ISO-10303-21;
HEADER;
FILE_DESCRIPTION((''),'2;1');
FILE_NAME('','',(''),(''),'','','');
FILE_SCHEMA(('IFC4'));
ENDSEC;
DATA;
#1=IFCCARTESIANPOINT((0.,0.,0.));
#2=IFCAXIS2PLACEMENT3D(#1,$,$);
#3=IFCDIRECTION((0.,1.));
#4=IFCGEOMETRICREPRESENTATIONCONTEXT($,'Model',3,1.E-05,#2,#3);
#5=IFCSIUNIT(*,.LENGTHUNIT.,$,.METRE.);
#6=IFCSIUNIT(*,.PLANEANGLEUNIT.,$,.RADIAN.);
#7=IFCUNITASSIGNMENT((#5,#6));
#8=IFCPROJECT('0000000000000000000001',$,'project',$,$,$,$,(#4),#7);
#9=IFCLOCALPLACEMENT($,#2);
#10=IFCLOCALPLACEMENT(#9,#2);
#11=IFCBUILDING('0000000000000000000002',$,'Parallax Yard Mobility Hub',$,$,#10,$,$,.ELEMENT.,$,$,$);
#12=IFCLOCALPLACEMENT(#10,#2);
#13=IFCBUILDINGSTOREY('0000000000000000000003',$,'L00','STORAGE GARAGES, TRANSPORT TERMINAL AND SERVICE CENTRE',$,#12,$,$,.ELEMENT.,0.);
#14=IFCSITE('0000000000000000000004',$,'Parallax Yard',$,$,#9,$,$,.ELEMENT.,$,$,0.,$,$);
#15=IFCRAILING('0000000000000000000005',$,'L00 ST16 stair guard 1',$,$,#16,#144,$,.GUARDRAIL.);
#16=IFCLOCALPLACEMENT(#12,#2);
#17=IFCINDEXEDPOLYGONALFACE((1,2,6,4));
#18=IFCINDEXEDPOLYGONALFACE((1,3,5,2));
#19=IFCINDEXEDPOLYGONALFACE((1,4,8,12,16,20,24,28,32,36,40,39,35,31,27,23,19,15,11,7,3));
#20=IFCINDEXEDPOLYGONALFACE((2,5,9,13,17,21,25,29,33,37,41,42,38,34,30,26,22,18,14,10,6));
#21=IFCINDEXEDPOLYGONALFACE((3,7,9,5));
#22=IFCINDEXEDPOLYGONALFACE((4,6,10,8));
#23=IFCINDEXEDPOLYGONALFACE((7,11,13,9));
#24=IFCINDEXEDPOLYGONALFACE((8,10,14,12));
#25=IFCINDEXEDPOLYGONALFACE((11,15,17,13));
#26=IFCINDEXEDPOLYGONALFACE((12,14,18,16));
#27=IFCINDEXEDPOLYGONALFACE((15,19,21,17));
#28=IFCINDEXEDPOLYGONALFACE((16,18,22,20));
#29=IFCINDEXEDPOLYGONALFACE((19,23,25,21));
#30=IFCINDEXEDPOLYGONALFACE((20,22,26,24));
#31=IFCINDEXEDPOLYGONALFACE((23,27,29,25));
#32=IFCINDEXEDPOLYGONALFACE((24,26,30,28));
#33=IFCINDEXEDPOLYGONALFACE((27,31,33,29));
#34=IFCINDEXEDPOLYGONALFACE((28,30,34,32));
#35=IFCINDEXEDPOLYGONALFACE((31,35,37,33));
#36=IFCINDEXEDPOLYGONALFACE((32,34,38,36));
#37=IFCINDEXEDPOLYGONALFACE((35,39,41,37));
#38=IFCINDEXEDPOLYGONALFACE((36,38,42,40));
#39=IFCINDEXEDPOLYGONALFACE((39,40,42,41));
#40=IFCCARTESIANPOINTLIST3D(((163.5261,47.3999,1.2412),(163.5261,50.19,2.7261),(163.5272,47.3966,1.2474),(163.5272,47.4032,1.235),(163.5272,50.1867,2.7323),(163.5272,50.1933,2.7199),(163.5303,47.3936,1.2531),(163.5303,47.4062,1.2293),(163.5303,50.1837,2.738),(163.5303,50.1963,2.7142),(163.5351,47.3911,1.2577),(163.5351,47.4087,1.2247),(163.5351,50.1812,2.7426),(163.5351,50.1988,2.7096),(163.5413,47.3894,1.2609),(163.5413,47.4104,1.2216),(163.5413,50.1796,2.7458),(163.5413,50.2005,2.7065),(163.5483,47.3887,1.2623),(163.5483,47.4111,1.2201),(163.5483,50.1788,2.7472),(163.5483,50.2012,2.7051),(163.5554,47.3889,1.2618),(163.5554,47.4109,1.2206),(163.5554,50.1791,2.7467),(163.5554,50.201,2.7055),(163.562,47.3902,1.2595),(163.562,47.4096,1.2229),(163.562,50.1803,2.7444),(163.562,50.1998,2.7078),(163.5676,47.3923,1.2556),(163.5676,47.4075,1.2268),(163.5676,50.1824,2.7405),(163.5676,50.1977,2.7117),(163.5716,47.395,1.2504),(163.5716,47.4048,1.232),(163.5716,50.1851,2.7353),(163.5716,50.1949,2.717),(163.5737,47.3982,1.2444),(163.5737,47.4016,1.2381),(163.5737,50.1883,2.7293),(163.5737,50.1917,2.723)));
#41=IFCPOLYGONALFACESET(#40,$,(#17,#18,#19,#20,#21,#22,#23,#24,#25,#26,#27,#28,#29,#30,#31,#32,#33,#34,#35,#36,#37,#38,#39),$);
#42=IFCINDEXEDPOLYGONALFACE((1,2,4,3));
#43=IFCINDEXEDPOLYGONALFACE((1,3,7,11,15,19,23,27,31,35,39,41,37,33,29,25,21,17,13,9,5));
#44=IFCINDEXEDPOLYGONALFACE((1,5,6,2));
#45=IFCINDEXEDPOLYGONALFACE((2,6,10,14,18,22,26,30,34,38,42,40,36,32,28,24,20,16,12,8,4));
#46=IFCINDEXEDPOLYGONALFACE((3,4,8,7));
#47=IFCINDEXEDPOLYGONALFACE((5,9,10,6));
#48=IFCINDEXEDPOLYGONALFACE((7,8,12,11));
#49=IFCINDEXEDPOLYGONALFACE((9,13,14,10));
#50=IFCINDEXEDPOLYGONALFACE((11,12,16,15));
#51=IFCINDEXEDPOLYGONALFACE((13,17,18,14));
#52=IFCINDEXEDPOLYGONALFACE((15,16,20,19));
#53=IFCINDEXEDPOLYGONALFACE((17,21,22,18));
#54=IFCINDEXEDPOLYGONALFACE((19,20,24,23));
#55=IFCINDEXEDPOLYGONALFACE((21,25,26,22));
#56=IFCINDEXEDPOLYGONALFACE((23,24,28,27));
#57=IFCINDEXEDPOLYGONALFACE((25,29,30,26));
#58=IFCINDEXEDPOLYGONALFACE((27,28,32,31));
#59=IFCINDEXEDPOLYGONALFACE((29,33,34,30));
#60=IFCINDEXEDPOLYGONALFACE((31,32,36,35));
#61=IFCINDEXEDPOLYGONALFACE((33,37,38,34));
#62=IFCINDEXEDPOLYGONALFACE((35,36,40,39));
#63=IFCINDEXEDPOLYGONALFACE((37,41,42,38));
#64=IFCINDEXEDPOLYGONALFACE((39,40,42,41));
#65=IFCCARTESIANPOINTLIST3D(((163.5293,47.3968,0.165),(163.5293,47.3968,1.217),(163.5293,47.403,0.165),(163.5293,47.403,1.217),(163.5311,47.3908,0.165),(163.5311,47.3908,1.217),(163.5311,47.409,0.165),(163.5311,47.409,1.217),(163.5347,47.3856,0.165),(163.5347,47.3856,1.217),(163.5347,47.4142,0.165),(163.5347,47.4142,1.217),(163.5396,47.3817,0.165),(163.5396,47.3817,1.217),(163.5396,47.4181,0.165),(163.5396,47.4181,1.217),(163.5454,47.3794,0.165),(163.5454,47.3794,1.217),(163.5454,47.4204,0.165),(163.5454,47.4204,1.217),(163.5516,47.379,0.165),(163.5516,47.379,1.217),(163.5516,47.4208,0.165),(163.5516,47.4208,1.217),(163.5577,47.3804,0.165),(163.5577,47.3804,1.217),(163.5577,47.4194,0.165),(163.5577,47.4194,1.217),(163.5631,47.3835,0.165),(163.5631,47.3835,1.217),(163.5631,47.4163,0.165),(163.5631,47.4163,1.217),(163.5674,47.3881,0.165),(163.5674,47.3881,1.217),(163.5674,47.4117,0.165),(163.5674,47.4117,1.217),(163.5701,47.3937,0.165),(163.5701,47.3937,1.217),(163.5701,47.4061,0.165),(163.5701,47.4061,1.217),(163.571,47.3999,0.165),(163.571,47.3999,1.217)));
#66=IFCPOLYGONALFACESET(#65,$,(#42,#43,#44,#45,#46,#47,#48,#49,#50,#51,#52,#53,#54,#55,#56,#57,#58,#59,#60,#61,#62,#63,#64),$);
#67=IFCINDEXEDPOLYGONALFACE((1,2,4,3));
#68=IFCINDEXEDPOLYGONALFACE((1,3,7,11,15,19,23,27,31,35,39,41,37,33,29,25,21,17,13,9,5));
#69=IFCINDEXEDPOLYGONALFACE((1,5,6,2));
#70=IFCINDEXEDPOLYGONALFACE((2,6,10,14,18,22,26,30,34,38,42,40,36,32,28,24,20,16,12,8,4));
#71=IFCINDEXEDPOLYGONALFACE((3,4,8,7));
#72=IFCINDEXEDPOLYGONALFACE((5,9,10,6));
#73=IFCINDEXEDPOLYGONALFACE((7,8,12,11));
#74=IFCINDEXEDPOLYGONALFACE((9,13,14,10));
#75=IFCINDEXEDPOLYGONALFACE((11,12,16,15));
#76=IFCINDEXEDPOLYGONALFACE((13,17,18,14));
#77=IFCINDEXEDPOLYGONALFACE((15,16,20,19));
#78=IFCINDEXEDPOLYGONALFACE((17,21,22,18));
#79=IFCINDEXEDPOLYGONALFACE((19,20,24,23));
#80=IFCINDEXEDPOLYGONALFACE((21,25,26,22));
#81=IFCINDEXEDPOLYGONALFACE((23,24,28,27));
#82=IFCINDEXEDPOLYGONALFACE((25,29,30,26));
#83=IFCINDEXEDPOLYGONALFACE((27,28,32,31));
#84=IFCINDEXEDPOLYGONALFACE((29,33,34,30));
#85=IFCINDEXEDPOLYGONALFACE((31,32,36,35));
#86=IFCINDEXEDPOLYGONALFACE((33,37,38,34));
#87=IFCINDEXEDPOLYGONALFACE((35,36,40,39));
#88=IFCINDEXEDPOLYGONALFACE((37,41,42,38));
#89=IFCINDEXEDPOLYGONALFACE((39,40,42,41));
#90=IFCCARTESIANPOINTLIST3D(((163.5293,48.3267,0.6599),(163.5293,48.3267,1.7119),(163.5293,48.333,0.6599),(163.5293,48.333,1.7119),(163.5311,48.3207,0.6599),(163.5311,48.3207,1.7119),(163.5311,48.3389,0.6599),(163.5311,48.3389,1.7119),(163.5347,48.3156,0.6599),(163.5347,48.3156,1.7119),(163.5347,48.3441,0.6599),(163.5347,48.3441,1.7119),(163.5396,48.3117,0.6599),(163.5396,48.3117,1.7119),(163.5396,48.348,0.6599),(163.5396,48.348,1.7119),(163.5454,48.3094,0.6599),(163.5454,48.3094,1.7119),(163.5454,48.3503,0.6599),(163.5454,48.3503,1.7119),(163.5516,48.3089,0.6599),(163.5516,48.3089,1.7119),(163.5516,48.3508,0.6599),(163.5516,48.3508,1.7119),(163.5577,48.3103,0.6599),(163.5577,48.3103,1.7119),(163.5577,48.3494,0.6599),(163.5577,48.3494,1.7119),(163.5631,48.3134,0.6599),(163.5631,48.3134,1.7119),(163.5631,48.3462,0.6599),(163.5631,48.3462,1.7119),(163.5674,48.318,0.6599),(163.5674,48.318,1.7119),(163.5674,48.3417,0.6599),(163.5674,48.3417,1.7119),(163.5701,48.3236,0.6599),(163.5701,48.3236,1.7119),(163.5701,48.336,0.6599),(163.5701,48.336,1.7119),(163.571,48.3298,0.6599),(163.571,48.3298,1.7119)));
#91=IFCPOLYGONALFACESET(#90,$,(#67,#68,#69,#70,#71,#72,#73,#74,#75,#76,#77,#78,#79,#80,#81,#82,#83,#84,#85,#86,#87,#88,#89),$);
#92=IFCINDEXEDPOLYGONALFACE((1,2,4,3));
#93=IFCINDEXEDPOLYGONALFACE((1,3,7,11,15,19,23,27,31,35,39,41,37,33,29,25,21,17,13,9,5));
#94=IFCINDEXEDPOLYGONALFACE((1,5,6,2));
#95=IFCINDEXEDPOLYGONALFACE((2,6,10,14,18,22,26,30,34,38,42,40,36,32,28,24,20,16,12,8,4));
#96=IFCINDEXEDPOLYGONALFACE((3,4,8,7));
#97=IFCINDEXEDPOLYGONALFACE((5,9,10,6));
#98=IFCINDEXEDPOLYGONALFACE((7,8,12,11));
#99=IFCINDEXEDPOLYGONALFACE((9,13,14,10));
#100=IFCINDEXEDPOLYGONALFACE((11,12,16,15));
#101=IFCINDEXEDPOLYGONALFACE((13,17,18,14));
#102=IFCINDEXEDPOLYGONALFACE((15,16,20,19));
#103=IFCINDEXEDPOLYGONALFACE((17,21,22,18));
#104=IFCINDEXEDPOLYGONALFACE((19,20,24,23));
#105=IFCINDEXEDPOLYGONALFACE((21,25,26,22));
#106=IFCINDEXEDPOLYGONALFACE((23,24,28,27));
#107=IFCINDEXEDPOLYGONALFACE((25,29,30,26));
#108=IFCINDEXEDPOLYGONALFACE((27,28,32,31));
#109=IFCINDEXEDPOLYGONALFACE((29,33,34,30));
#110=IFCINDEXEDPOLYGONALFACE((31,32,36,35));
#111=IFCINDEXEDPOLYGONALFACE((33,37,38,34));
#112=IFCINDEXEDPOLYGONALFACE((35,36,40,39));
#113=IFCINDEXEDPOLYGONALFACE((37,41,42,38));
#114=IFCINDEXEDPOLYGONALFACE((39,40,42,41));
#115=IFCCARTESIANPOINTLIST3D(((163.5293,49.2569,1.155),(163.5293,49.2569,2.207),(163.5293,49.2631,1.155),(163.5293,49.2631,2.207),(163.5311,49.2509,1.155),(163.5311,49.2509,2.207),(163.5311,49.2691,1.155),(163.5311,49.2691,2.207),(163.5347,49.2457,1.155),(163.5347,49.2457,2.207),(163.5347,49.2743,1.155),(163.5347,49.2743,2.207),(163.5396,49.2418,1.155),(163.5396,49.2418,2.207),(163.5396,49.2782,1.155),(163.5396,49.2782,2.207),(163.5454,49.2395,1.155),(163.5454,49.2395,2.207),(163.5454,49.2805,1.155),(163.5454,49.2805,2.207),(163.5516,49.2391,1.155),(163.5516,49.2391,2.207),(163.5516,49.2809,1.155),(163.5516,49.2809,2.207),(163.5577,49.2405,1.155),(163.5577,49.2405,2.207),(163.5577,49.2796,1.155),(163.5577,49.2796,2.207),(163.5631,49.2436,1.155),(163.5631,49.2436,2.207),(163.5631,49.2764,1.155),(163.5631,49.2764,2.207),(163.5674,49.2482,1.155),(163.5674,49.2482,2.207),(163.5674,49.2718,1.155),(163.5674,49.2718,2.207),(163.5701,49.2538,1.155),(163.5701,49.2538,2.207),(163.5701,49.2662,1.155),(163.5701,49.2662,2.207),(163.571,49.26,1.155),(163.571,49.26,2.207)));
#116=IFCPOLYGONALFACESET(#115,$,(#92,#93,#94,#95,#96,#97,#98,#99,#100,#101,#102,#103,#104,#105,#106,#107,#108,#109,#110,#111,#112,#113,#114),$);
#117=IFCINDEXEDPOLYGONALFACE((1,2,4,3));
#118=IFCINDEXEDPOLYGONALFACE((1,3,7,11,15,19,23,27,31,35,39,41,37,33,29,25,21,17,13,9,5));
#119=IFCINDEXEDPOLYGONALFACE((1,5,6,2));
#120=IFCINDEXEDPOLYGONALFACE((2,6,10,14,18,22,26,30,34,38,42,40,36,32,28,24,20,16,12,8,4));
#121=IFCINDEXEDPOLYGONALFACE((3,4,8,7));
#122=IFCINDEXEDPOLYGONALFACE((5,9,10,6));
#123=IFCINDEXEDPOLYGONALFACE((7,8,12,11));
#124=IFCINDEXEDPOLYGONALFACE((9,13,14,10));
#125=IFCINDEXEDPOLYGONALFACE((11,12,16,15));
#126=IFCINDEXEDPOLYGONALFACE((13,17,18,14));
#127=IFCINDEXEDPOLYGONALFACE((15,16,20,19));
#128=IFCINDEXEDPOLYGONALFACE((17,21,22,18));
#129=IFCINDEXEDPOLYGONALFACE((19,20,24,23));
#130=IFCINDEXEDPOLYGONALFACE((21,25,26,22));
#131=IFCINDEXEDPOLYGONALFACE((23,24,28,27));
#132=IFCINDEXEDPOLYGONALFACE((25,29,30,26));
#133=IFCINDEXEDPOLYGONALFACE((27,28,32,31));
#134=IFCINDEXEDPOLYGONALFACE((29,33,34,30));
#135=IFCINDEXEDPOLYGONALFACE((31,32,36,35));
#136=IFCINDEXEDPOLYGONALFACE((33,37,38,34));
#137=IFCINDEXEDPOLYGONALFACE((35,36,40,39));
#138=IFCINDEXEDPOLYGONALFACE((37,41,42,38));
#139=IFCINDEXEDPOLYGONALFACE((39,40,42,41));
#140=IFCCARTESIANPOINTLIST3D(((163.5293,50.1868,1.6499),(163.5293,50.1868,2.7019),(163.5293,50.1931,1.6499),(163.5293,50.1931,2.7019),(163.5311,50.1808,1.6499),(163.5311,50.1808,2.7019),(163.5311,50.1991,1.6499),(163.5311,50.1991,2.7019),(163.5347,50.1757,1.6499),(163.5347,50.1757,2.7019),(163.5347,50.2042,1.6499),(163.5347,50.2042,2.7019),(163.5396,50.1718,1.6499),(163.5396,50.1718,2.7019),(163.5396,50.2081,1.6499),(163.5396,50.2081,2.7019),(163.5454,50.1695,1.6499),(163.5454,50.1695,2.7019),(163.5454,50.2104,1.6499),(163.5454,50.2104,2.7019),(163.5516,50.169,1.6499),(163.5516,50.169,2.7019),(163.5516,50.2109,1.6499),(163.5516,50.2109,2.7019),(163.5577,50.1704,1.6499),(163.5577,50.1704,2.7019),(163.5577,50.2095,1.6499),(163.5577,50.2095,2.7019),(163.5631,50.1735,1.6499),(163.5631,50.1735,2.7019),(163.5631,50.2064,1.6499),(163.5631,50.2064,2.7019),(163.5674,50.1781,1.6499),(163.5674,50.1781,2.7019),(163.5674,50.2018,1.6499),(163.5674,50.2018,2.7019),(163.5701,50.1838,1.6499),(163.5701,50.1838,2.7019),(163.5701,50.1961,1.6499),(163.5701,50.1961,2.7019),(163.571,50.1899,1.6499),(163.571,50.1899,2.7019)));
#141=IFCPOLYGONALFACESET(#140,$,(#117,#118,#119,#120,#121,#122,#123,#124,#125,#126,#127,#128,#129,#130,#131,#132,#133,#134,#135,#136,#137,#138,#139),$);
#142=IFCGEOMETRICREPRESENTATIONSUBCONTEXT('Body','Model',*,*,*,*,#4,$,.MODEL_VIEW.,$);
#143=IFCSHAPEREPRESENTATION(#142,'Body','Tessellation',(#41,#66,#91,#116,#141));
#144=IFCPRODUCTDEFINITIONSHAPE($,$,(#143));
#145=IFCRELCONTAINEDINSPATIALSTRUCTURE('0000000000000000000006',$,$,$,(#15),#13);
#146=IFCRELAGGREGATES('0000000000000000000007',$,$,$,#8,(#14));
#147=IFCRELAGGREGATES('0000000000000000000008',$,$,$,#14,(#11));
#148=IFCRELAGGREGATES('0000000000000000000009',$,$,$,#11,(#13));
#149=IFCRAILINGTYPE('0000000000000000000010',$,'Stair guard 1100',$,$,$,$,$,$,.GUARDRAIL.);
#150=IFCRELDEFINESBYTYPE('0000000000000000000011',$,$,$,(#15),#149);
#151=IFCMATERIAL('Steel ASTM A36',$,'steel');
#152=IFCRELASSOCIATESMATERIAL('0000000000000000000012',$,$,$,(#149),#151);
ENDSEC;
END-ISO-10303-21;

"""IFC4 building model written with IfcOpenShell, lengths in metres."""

from ifc_helpers import new_model, si_unit, direction, frame, origin, origin_2d, place, context, subcontext, project, spatial, circle, extrude, material, type_object, element, save


model = new_model("IFC4")

# Units and contexts
model_context = context("Model", 3, precision=1e-05, world=origin(), true_north=direction((0.0, 1.0)))
body_context = subcontext(model_context, "Body", "Model", "MODEL_VIEW")
ifc_project = project(units=[si_unit("LENGTHUNIT", "METRE"), si_unit("PLANEANGLEUNIT", "RADIAN")], contexts=[model_context])

# Site, building, storey
site_placement = place(None, origin())
site = spatial("IfcSite", under=ifc_project, at=site_placement, Name="Parallax Yard", CompositionType="ELEMENT", RefElevation=0.0)
building_placement = place(site_placement, origin())
building = spatial("IfcBuilding", under=site, at=building_placement, Name="Parallax Yard Mobility Hub", CompositionType="ELEMENT")
storey_placement = place(building_placement, origin())
storey = spatial("IfcBuildingStorey", under=building, at=storey_placement, Name="L00", Description="STORAGE GARAGES, TRANSPORT TERMINAL AND SERVICE CENTRE", CompositionType="ELEMENT", Elevation=0.0)

# Railing
ifc_material_1 = material(Name="Steel ASTM A36", Category="steel")
railing_type_1 = type_object("IfcRailingType", Name="Stair guard 1100", PredefinedType="GUARDRAIL", material=ifc_material_1)
railing_1_placement = place(storey_placement, frame((163.55, 47.3999, 0.165)))
element("IfcRailing", 1, at=railing_1_placement, inside=storey, type_object=railing_type_1, Name="L00 ST16 stair guard 1", PredefinedType="GUARDRAIL", context=body_context, shape_type="SweptSolid", body=[
    extrude(circle(Radius=0.0239, at=origin_2d()), frame((0.0, 0.0, 1.0762), z_axis=(0.0, 0.882767, 0.46981), x_axis=(-1.0, 0.0, 0.0)), (0.0, 0.0, 1.0), 3.1606),
    extrude(circle(Radius=0.021, at=origin_2d()), origin(), (0.0, 0.0, 1.0), 1.052),
    extrude(circle(Radius=0.021, at=origin_2d()), frame((0.0, 0.9299, 0.4949)), (0.0, 0.0, 1.0), 1.052),
    extrude(circle(Radius=0.021, at=origin_2d()), frame((0.0, 1.8601, 0.99)), (0.0, 0.0, 1.0), 1.052),
    extrude(circle(Radius=0.021, at=origin_2d()), frame((0.0, 2.79, 1.4849)), (0.0, 0.0, 1.0), 1.052),
])

save(model, "model.ifc")
